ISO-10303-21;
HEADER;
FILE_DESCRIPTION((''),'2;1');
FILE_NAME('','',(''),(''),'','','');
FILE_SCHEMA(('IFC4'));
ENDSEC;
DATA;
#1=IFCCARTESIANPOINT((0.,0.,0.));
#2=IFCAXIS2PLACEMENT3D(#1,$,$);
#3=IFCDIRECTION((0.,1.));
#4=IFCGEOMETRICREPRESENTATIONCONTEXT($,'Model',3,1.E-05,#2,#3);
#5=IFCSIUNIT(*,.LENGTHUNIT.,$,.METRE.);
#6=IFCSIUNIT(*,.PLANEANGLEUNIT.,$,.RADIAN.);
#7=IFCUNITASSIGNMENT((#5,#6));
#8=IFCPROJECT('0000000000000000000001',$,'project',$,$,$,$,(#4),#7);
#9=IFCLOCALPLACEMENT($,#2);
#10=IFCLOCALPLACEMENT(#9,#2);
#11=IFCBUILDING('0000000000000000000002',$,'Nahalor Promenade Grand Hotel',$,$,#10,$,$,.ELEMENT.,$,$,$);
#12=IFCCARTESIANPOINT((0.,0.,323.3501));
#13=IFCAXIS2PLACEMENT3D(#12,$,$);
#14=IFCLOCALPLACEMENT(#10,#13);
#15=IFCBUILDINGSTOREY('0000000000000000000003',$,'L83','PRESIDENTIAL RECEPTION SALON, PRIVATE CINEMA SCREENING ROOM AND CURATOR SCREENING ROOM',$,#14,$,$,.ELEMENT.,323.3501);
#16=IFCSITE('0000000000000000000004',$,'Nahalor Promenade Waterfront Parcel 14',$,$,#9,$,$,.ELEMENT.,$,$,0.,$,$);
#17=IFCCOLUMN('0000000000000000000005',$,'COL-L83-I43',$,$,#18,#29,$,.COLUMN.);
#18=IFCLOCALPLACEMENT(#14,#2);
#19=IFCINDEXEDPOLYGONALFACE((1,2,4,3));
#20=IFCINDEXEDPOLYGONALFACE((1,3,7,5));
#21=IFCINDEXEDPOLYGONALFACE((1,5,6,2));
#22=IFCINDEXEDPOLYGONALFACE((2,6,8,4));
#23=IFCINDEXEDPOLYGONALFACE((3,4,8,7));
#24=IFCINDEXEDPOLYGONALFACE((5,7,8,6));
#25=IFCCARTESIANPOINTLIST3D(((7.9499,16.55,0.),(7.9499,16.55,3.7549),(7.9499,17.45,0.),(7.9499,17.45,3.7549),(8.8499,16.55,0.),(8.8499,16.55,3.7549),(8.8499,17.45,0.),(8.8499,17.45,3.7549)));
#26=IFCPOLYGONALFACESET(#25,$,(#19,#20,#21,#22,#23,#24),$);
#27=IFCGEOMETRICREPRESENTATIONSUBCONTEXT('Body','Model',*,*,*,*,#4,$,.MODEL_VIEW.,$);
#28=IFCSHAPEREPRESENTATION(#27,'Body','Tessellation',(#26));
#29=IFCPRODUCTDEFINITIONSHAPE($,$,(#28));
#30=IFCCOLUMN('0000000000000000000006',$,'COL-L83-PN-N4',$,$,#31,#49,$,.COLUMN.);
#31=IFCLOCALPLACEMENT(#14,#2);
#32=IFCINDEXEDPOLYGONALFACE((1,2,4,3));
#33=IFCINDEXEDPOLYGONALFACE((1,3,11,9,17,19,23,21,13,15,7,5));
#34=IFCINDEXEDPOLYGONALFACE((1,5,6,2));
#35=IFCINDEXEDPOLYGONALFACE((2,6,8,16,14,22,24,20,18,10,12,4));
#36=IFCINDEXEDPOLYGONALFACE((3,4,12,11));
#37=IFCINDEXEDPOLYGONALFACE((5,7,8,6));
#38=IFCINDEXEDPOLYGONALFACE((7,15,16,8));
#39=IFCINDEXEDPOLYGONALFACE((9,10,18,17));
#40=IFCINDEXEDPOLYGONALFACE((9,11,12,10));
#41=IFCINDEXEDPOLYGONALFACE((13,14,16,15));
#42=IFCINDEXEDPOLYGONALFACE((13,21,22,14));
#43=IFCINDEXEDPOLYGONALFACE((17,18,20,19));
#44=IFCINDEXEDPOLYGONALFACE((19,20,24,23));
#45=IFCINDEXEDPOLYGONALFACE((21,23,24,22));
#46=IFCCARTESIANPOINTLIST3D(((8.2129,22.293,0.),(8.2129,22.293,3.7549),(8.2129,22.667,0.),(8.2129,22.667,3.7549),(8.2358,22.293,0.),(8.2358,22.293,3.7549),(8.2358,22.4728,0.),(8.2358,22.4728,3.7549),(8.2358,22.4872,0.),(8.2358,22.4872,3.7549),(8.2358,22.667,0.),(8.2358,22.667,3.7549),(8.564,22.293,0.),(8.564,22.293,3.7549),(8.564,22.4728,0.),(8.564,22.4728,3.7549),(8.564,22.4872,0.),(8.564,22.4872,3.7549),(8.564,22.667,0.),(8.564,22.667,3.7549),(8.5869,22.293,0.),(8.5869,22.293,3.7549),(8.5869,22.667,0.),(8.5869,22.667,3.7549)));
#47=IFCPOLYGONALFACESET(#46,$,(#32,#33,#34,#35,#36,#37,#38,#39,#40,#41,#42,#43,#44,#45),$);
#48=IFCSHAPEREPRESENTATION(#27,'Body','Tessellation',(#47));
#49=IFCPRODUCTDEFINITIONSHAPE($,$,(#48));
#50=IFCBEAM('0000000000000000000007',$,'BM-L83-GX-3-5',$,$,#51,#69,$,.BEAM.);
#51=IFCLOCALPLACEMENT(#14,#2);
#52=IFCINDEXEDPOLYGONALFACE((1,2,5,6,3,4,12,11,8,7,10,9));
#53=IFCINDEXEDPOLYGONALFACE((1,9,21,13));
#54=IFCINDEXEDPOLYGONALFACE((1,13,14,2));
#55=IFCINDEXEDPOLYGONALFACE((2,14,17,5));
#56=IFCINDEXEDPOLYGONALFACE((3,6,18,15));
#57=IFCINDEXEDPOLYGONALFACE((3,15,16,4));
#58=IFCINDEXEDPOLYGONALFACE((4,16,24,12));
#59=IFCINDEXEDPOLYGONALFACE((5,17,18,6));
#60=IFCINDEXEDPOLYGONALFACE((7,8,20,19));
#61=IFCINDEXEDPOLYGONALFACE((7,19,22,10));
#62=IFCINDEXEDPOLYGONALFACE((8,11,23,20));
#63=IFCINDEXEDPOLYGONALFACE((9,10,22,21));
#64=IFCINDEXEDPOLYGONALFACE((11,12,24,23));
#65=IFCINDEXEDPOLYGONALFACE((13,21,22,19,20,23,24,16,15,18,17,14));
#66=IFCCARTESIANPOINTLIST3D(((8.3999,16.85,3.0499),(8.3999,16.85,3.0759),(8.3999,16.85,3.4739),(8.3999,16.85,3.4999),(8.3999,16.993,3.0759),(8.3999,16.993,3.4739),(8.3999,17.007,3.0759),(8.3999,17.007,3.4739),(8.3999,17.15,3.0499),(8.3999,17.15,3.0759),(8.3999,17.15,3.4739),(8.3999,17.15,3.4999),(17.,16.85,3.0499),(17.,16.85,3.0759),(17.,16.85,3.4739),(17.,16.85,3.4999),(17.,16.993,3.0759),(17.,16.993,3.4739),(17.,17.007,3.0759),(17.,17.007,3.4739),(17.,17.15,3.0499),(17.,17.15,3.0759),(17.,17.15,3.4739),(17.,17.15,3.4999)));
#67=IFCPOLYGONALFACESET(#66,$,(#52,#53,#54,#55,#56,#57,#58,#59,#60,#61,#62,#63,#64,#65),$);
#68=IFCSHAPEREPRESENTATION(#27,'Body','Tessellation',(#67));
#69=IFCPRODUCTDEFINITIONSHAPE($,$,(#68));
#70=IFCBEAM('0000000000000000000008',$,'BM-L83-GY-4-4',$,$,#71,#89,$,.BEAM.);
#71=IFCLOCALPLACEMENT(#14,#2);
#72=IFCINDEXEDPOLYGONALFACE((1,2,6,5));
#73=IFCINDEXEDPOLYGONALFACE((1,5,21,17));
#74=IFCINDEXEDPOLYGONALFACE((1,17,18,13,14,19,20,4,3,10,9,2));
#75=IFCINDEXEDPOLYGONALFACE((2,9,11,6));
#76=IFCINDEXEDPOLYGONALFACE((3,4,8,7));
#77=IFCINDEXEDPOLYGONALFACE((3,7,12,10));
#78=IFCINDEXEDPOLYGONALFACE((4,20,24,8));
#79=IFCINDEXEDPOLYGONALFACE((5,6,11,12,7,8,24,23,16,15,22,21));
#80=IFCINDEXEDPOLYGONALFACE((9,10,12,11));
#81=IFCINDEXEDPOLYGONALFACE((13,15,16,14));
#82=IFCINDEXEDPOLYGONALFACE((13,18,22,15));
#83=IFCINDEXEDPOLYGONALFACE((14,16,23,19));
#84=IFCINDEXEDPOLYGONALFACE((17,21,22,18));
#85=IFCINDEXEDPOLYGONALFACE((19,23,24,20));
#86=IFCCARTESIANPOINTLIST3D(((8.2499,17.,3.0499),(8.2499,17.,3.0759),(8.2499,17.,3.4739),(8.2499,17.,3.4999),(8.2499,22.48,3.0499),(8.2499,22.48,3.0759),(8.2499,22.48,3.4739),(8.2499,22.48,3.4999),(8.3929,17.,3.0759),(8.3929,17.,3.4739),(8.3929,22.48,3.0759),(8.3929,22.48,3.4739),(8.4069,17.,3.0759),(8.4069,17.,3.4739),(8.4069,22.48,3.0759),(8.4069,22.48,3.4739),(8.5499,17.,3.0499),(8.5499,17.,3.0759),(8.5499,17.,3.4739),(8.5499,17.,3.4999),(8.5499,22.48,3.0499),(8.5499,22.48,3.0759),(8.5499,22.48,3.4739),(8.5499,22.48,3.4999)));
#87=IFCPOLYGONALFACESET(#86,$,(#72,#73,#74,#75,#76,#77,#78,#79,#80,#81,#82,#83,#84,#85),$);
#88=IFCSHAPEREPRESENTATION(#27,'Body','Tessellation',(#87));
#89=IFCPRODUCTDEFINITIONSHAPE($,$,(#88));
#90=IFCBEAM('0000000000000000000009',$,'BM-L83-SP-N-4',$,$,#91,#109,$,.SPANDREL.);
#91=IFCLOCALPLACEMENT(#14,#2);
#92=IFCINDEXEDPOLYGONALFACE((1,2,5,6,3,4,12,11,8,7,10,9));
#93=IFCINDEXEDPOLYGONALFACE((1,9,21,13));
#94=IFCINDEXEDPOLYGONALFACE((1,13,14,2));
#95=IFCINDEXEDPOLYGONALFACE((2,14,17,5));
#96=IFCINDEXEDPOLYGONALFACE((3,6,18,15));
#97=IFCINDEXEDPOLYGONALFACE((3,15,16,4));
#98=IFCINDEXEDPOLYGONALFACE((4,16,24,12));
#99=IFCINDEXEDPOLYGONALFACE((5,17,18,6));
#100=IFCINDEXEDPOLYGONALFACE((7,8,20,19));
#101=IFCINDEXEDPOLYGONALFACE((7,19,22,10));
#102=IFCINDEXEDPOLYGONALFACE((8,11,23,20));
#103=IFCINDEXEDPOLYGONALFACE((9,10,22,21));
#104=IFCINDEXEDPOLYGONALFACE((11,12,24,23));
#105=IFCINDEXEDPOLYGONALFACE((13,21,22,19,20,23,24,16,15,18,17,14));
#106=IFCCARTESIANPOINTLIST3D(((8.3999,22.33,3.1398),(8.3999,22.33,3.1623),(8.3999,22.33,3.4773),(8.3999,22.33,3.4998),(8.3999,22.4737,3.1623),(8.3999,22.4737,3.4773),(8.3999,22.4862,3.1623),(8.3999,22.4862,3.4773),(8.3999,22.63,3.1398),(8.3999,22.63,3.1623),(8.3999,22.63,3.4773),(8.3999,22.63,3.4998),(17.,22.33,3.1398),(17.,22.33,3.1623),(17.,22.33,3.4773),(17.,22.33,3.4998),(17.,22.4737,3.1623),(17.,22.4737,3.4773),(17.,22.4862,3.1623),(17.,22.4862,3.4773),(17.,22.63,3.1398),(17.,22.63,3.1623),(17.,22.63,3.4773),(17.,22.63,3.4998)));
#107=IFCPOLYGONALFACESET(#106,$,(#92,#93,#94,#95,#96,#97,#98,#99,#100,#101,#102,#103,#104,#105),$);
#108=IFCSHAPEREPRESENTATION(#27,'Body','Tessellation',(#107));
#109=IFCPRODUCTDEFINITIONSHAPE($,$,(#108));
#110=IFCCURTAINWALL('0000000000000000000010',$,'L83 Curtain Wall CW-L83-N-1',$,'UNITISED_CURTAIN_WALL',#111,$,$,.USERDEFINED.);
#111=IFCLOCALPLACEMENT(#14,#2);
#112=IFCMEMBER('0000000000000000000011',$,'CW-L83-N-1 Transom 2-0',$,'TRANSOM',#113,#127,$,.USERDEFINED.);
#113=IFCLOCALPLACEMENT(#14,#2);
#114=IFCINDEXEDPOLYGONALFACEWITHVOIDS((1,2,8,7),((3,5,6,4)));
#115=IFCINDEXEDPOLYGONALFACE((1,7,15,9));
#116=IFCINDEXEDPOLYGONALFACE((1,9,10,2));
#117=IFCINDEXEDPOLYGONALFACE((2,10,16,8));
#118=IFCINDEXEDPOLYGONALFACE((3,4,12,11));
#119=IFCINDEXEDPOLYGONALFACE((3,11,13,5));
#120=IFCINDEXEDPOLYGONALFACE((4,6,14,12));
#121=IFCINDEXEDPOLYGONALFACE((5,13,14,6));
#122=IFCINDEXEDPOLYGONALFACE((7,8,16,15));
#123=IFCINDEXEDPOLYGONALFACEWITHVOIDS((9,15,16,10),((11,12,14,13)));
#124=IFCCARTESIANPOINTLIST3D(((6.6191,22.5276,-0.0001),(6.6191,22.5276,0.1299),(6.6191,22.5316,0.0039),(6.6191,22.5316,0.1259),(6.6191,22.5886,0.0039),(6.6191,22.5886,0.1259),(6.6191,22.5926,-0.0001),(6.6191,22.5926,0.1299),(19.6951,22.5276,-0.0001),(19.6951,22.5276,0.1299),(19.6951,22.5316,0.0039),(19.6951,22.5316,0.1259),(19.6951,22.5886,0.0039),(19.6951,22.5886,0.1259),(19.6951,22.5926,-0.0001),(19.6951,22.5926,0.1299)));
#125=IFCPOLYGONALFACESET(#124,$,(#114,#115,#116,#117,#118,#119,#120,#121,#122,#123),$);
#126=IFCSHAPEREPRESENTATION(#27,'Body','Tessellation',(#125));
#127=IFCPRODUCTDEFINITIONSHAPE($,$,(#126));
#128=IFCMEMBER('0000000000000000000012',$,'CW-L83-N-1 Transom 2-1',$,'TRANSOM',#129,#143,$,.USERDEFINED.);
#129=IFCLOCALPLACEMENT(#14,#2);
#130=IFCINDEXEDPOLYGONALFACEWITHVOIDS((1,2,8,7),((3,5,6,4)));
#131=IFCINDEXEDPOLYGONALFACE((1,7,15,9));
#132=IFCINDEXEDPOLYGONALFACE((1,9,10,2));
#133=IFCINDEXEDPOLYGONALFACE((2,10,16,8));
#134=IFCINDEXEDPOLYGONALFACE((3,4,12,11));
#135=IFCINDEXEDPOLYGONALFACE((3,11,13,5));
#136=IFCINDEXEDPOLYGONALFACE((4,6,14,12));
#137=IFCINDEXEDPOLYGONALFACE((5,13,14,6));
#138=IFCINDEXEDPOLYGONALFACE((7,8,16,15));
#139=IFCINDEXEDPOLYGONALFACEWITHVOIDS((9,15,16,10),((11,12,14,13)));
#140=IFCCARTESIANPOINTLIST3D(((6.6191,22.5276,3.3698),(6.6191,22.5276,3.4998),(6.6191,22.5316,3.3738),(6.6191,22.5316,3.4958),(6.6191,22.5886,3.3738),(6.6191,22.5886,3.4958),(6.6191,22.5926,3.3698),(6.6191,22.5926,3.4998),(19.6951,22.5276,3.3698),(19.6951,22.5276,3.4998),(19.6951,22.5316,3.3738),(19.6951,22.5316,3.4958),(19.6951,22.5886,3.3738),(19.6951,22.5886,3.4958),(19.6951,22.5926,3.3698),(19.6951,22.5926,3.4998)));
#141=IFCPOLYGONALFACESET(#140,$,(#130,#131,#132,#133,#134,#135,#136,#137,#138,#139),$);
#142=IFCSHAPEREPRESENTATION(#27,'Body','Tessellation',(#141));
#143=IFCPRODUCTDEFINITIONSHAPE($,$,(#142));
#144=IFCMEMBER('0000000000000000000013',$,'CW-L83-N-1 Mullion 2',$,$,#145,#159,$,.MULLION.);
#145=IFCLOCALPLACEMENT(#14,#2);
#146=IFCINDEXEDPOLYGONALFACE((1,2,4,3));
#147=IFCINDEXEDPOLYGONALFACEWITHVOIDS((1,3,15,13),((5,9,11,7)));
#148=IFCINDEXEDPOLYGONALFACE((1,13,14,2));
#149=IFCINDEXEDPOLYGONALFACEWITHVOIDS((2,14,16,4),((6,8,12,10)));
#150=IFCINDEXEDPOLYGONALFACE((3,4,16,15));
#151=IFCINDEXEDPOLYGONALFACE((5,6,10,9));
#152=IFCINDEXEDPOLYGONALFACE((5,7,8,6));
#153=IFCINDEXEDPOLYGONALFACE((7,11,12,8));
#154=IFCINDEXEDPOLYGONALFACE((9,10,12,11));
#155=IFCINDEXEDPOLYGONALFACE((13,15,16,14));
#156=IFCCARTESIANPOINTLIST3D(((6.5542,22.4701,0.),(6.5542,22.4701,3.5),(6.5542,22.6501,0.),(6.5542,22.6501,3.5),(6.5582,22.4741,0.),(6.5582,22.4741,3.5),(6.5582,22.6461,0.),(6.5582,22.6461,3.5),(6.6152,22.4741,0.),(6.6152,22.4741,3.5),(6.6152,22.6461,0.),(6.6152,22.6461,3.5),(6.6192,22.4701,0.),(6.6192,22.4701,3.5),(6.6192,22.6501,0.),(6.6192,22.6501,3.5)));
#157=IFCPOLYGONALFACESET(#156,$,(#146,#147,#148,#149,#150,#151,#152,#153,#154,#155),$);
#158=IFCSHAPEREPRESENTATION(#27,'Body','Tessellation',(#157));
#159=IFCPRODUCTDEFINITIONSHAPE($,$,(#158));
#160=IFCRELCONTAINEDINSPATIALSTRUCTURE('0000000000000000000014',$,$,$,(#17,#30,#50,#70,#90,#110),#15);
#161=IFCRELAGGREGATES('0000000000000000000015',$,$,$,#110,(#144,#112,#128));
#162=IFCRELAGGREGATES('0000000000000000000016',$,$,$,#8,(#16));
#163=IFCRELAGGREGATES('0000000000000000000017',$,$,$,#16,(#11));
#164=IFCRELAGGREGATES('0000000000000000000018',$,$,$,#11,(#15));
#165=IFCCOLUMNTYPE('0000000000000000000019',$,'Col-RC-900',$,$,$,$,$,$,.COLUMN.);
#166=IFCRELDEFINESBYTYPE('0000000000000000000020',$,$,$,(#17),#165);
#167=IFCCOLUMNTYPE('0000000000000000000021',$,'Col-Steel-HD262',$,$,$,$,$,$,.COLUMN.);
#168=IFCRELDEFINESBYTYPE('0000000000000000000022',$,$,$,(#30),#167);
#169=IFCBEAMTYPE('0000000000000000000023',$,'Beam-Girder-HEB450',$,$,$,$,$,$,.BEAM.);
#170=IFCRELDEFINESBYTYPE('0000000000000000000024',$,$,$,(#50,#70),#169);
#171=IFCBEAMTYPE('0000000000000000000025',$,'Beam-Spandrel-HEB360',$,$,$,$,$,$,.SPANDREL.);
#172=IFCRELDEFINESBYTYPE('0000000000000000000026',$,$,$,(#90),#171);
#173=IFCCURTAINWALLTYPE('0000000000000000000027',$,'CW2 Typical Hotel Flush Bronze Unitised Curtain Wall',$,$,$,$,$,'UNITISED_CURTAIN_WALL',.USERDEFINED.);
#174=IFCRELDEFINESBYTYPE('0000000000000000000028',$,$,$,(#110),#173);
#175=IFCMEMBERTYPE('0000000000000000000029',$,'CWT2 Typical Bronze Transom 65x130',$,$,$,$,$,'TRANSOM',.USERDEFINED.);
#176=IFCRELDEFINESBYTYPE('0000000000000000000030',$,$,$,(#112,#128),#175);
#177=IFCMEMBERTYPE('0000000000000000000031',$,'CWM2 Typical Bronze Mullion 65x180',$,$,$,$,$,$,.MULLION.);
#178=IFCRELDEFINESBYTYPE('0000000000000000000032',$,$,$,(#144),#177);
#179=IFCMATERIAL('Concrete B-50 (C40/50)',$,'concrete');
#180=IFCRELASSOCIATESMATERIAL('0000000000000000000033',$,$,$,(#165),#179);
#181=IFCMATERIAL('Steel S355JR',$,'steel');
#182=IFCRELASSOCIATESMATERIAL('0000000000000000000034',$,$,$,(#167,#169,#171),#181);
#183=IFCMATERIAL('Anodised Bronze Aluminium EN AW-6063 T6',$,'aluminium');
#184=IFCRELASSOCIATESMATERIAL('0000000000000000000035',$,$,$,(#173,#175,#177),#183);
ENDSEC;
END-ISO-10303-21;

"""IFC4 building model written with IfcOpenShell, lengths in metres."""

from ifc_helpers import new_model, si_unit, direction, frame, origin, origin_2d, place, context, subcontext, project, spatial, rectangle, hollow_rectangle, i_section, extrude, source, transform, mapped, material, material_profile, profile_set, type_object, element, aggregate, save


model = new_model("IFC4")

# Units and contexts
model_context = context("Model", 3, precision=1e-05, world=origin(), true_north=direction((0.0, 1.0)))
body_context = subcontext(model_context, "Body", "Model", "MODEL_VIEW")
ifc_project = project(units=[si_unit("LENGTHUNIT", "METRE"), si_unit("PLANEANGLEUNIT", "RADIAN")], contexts=[model_context])

# Site, building, storey
site_placement = place(None, origin())
site = spatial("IfcSite", under=ifc_project, at=site_placement, Name="Nahalor Promenade Waterfront Parcel 14", CompositionType="ELEMENT", RefElevation=0.0)
building_placement = place(site_placement, origin())
building = spatial("IfcBuilding", under=site, at=building_placement, Name="Nahalor Promenade Grand Hotel", CompositionType="ELEMENT")
storey_placement = place(building_placement, frame((0.0, 0.0, 323.3501)))
storey = spatial("IfcBuildingStorey", under=building, at=storey_placement, Name="L83", Description="PRESIDENTIAL RECEPTION SALON, PRIVATE CINEMA SCREENING ROOM AND CURATOR SCREENING ROOM", CompositionType="ELEMENT", Elevation=323.3501)

# Columns
ifc_material_1 = material(Name="Concrete B-50 (C40/50)", Category="concrete")
ifc_material_profile_1 = material_profile(ifc_material_1, rectangle(XDim=0.9, YDim=0.9, at=origin_2d()), Name="RC 900x900")
ifc_profile_set_1 = profile_set([ifc_material_profile_1], Name="Concrete B-50 (C40/50)")
column_type_1 = type_object("IfcColumnType", Name="Col-RC-900", PredefinedType="COLUMN", material=ifc_profile_set_1)
shared_shape_1 = source(origin(), body_context, "Body", "SweptSolid", [
    extrude(rectangle(XDim=0.9, YDim=0.9, at=origin_2d()), origin(), (0.0, 0.0, 1.0), 3.7549),
])
column_1_placement = place(storey_placement, frame((8.3999, 17.0, 0.0), z_axis=(0.0, 0.0, 1.0), x_axis=(1.0, 0.0, 0.0)))
element("IfcColumn", 1, at=column_1_placement, inside=storey, type_object=column_type_1, Name="COL-L83-I43", PredefinedType="COLUMN", context=body_context, shape_type="MappedRepresentation", body=[
    mapped(shared_shape_1, transform((0.0, 0.0, 0.0), scale=1.0)),
])
ifc_material_2 = material(Name="Steel S355JR", Category="steel")
ifc_material_profile_2 = material_profile(ifc_material_2, i_section(OverallWidth=0.374, OverallDepth=0.374, WebThickness=0.0144, FlangeThickness=0.0229, at=origin_2d()), Name="HD 360x262")
ifc_profile_set_2 = profile_set([ifc_material_profile_2], Name="Steel S355JR")
column_type_2 = type_object("IfcColumnType", Name="Col-Steel-HD262", PredefinedType="COLUMN", material=ifc_profile_set_2)
shared_shape_2 = source(origin(), body_context, "Body", "SweptSolid", [
    extrude(i_section(OverallWidth=0.374, OverallDepth=0.374, WebThickness=0.0144, FlangeThickness=0.0229, at=origin_2d()), origin(), (0.0, 0.0, 1.0), 3.7549),
])
column_2_placement = place(storey_placement, frame((8.3999, 22.48, 0.0), z_axis=(0.0, 0.0, 1.0), x_axis=(0.0, 1.0, 0.0)))
element("IfcColumn", 2, at=column_2_placement, inside=storey, type_object=column_type_2, Name="COL-L83-PN-N4", PredefinedType="COLUMN", context=body_context, shape_type="MappedRepresentation", body=[
    mapped(shared_shape_2, transform((0.0, 0.0, 0.0), scale=1.0)),
])

# Beams
ifc_material_profile_3 = material_profile(ifc_material_2, i_section(OverallWidth=0.3, OverallDepth=0.45, WebThickness=0.014, FlangeThickness=0.026, at=origin_2d()), Name="HEB 450")
ifc_profile_set_3 = profile_set([ifc_material_profile_3], Name="Steel S355JR")
beam_type_1 = type_object("IfcBeamType", Name="Beam-Girder-HEB450", PredefinedType="BEAM", material=ifc_profile_set_3)
shared_shape_3 = source(origin(), body_context, "Body", "SweptSolid", [
    extrude(i_section(OverallWidth=0.3, OverallDepth=0.45, WebThickness=0.014, FlangeThickness=0.026, at=origin_2d()), origin(), (0.0, 0.0, 1.0), 8.6001),
])
beam_1_placement = place(storey_placement, frame((8.3999, 17.0, 3.2749), z_axis=(1.0, 0.0, 0.0), x_axis=(0.0, 1.0, 0.0)))
element("IfcBeam", 3, at=beam_1_placement, inside=storey, type_object=beam_type_1, Name="BM-L83-GX-3-5", PredefinedType="BEAM", context=body_context, shape_type="MappedRepresentation", body=[
    mapped(shared_shape_3, transform((0.0, 0.0, 0.0), scale=1.0)),
])
shared_shape_4 = source(origin(), body_context, "Body", "SweptSolid", [
    extrude(i_section(OverallWidth=0.3, OverallDepth=0.45, WebThickness=0.014, FlangeThickness=0.026, at=origin_2d()), origin(), (0.0, 0.0, 1.0), 5.48),
])
beam_2_placement = place(storey_placement, frame((8.3999, 17.0, 3.2749), z_axis=(0.0, 1.0, 0.0), x_axis=(-1.0, 0.0, 0.0)))
element("IfcBeam", 4, at=beam_2_placement, inside=storey, type_object=beam_type_1, Name="BM-L83-GY-4-4", PredefinedType="BEAM", context=body_context, shape_type="MappedRepresentation", body=[
    mapped(shared_shape_4, transform((0.0, 0.0, 0.0), scale=1.0)),
])
ifc_material_profile_4 = material_profile(ifc_material_2, i_section(OverallWidth=0.3, OverallDepth=0.36, WebThickness=0.0125, FlangeThickness=0.0225, at=origin_2d()), Name="HEB 360")
ifc_profile_set_4 = profile_set([ifc_material_profile_4], Name="Steel S355JR")
beam_type_2 = type_object("IfcBeamType", Name="Beam-Spandrel-HEB360", PredefinedType="SPANDREL", material=ifc_profile_set_4)
shared_shape_5 = source(origin(), body_context, "Body", "SweptSolid", [
    extrude(i_section(OverallWidth=0.3, OverallDepth=0.36, WebThickness=0.0125, FlangeThickness=0.0225, at=origin_2d()), origin(), (0.0, 0.0, 1.0), 8.6001),
])
beam_3_placement = place(storey_placement, frame((8.3999, 22.48, 3.3198), z_axis=(1.0, 0.0, 0.0), x_axis=(0.0, 1.0, 0.0)))
element("IfcBeam", 5, at=beam_3_placement, inside=storey, type_object=beam_type_2, Name="BM-L83-SP-N-4", PredefinedType="SPANDREL", context=body_context, shape_type="MappedRepresentation", body=[
    mapped(shared_shape_5, transform((0.0, 0.0, 0.0), scale=1.0)),
])

# Curtain wall, members
ifc_material_3 = material(Name="Anodised Bronze Aluminium EN AW-6063 T6", Category="aluminium")
curtain_wall_type = type_object("IfcCurtainWallType", Name="CW2 Typical Hotel Flush Bronze Unitised Curtain Wall", ElementType="UNITISED_CURTAIN_WALL", PredefinedType="USERDEFINED", material=ifc_material_3)
curtain_wall_placement = place(storey_placement, origin())
curtain_wall = element("IfcCurtainWall", 6, at=curtain_wall_placement, inside=storey, type_object=curtain_wall_type, Name="L83 Curtain Wall CW-L83-N-1", ObjectType="UNITISED_CURTAIN_WALL", PredefinedType="USERDEFINED")
ifc_material_profile_5 = material_profile(ifc_material_3, hollow_rectangle(XDim=0.065, YDim=0.13, WallThickness=0.004, at=origin_2d()), Name="CWT 65x130x4")
ifc_profile_set_5 = profile_set([ifc_material_profile_5], Name="Anodised Bronze Aluminium EN AW-6063 T6")
member_type_1 = type_object("IfcMemberType", Name="CWT2 Typical Bronze Transom 65x130", ElementType="TRANSOM", PredefinedType="USERDEFINED", material=ifc_profile_set_5)
shared_shape_6 = source(origin(), body_context, "Body", "SweptSolid", [
    extrude(hollow_rectangle(XDim=0.065, YDim=0.13, WallThickness=0.004, at=origin_2d()), origin(), (0.0, 0.0, 1.0), 13.0759),
])
member_1_placement = place(storey_placement, frame((6.6191, 22.5601, 0.0649), z_axis=(1.0, 0.0, 0.0), x_axis=(0.0, 1.0, 0.0)))
member_1 = element("IfcMember", 7, at=member_1_placement, type_object=member_type_1, Name="CW-L83-N-1 Transom 2-0", ObjectType="TRANSOM", PredefinedType="USERDEFINED", context=body_context, shape_type="MappedRepresentation", body=[
    mapped(shared_shape_6, transform((0.0, 0.0, 0.0), scale=1.0)),
])
member_2_placement = place(storey_placement, frame((6.6191, 22.5601, 3.4348), z_axis=(1.0, 0.0, 0.0), x_axis=(0.0, 1.0, 0.0)))
member_2 = element("IfcMember", 8, at=member_2_placement, type_object=member_type_1, Name="CW-L83-N-1 Transom 2-1", ObjectType="TRANSOM", PredefinedType="USERDEFINED", context=body_context, shape_type="MappedRepresentation", body=[
    mapped(shared_shape_6, transform((0.0, 0.0, 0.0), scale=1.0)),
])
ifc_material_profile_6 = material_profile(ifc_material_3, hollow_rectangle(XDim=0.065, YDim=0.18, WallThickness=0.004, at=origin_2d()), Name="CWM 65x180x4")
ifc_profile_set_6 = profile_set([ifc_material_profile_6], Name="Anodised Bronze Aluminium EN AW-6063 T6")
member_type_2 = type_object("IfcMemberType", Name="CWM2 Typical Bronze Mullion 65x180", PredefinedType="MULLION", material=ifc_profile_set_6)
shared_shape_7 = source(origin(), body_context, "Body", "SweptSolid", [
    extrude(hollow_rectangle(XDim=0.065, YDim=0.18, WallThickness=0.004, at=origin_2d()), origin(), (0.0, 0.0, 1.0), 3.5),
])
member_3_placement = place(storey_placement, frame((6.5867, 22.5601, 0.0), z_axis=(0.0, 0.0, 1.0), x_axis=(1.0, 0.0, 0.0)))
member_3 = element("IfcMember", 9, at=member_3_placement, type_object=member_type_2, Name="CW-L83-N-1 Mullion 2", PredefinedType="MULLION", context=body_context, shape_type="MappedRepresentation", body=[
    mapped(shared_shape_7, transform((0.0, 0.0, 0.0), scale=1.0)),
])
aggregate(curtain_wall, [member_3, member_1, member_2])

save(model, "model.ifc")
